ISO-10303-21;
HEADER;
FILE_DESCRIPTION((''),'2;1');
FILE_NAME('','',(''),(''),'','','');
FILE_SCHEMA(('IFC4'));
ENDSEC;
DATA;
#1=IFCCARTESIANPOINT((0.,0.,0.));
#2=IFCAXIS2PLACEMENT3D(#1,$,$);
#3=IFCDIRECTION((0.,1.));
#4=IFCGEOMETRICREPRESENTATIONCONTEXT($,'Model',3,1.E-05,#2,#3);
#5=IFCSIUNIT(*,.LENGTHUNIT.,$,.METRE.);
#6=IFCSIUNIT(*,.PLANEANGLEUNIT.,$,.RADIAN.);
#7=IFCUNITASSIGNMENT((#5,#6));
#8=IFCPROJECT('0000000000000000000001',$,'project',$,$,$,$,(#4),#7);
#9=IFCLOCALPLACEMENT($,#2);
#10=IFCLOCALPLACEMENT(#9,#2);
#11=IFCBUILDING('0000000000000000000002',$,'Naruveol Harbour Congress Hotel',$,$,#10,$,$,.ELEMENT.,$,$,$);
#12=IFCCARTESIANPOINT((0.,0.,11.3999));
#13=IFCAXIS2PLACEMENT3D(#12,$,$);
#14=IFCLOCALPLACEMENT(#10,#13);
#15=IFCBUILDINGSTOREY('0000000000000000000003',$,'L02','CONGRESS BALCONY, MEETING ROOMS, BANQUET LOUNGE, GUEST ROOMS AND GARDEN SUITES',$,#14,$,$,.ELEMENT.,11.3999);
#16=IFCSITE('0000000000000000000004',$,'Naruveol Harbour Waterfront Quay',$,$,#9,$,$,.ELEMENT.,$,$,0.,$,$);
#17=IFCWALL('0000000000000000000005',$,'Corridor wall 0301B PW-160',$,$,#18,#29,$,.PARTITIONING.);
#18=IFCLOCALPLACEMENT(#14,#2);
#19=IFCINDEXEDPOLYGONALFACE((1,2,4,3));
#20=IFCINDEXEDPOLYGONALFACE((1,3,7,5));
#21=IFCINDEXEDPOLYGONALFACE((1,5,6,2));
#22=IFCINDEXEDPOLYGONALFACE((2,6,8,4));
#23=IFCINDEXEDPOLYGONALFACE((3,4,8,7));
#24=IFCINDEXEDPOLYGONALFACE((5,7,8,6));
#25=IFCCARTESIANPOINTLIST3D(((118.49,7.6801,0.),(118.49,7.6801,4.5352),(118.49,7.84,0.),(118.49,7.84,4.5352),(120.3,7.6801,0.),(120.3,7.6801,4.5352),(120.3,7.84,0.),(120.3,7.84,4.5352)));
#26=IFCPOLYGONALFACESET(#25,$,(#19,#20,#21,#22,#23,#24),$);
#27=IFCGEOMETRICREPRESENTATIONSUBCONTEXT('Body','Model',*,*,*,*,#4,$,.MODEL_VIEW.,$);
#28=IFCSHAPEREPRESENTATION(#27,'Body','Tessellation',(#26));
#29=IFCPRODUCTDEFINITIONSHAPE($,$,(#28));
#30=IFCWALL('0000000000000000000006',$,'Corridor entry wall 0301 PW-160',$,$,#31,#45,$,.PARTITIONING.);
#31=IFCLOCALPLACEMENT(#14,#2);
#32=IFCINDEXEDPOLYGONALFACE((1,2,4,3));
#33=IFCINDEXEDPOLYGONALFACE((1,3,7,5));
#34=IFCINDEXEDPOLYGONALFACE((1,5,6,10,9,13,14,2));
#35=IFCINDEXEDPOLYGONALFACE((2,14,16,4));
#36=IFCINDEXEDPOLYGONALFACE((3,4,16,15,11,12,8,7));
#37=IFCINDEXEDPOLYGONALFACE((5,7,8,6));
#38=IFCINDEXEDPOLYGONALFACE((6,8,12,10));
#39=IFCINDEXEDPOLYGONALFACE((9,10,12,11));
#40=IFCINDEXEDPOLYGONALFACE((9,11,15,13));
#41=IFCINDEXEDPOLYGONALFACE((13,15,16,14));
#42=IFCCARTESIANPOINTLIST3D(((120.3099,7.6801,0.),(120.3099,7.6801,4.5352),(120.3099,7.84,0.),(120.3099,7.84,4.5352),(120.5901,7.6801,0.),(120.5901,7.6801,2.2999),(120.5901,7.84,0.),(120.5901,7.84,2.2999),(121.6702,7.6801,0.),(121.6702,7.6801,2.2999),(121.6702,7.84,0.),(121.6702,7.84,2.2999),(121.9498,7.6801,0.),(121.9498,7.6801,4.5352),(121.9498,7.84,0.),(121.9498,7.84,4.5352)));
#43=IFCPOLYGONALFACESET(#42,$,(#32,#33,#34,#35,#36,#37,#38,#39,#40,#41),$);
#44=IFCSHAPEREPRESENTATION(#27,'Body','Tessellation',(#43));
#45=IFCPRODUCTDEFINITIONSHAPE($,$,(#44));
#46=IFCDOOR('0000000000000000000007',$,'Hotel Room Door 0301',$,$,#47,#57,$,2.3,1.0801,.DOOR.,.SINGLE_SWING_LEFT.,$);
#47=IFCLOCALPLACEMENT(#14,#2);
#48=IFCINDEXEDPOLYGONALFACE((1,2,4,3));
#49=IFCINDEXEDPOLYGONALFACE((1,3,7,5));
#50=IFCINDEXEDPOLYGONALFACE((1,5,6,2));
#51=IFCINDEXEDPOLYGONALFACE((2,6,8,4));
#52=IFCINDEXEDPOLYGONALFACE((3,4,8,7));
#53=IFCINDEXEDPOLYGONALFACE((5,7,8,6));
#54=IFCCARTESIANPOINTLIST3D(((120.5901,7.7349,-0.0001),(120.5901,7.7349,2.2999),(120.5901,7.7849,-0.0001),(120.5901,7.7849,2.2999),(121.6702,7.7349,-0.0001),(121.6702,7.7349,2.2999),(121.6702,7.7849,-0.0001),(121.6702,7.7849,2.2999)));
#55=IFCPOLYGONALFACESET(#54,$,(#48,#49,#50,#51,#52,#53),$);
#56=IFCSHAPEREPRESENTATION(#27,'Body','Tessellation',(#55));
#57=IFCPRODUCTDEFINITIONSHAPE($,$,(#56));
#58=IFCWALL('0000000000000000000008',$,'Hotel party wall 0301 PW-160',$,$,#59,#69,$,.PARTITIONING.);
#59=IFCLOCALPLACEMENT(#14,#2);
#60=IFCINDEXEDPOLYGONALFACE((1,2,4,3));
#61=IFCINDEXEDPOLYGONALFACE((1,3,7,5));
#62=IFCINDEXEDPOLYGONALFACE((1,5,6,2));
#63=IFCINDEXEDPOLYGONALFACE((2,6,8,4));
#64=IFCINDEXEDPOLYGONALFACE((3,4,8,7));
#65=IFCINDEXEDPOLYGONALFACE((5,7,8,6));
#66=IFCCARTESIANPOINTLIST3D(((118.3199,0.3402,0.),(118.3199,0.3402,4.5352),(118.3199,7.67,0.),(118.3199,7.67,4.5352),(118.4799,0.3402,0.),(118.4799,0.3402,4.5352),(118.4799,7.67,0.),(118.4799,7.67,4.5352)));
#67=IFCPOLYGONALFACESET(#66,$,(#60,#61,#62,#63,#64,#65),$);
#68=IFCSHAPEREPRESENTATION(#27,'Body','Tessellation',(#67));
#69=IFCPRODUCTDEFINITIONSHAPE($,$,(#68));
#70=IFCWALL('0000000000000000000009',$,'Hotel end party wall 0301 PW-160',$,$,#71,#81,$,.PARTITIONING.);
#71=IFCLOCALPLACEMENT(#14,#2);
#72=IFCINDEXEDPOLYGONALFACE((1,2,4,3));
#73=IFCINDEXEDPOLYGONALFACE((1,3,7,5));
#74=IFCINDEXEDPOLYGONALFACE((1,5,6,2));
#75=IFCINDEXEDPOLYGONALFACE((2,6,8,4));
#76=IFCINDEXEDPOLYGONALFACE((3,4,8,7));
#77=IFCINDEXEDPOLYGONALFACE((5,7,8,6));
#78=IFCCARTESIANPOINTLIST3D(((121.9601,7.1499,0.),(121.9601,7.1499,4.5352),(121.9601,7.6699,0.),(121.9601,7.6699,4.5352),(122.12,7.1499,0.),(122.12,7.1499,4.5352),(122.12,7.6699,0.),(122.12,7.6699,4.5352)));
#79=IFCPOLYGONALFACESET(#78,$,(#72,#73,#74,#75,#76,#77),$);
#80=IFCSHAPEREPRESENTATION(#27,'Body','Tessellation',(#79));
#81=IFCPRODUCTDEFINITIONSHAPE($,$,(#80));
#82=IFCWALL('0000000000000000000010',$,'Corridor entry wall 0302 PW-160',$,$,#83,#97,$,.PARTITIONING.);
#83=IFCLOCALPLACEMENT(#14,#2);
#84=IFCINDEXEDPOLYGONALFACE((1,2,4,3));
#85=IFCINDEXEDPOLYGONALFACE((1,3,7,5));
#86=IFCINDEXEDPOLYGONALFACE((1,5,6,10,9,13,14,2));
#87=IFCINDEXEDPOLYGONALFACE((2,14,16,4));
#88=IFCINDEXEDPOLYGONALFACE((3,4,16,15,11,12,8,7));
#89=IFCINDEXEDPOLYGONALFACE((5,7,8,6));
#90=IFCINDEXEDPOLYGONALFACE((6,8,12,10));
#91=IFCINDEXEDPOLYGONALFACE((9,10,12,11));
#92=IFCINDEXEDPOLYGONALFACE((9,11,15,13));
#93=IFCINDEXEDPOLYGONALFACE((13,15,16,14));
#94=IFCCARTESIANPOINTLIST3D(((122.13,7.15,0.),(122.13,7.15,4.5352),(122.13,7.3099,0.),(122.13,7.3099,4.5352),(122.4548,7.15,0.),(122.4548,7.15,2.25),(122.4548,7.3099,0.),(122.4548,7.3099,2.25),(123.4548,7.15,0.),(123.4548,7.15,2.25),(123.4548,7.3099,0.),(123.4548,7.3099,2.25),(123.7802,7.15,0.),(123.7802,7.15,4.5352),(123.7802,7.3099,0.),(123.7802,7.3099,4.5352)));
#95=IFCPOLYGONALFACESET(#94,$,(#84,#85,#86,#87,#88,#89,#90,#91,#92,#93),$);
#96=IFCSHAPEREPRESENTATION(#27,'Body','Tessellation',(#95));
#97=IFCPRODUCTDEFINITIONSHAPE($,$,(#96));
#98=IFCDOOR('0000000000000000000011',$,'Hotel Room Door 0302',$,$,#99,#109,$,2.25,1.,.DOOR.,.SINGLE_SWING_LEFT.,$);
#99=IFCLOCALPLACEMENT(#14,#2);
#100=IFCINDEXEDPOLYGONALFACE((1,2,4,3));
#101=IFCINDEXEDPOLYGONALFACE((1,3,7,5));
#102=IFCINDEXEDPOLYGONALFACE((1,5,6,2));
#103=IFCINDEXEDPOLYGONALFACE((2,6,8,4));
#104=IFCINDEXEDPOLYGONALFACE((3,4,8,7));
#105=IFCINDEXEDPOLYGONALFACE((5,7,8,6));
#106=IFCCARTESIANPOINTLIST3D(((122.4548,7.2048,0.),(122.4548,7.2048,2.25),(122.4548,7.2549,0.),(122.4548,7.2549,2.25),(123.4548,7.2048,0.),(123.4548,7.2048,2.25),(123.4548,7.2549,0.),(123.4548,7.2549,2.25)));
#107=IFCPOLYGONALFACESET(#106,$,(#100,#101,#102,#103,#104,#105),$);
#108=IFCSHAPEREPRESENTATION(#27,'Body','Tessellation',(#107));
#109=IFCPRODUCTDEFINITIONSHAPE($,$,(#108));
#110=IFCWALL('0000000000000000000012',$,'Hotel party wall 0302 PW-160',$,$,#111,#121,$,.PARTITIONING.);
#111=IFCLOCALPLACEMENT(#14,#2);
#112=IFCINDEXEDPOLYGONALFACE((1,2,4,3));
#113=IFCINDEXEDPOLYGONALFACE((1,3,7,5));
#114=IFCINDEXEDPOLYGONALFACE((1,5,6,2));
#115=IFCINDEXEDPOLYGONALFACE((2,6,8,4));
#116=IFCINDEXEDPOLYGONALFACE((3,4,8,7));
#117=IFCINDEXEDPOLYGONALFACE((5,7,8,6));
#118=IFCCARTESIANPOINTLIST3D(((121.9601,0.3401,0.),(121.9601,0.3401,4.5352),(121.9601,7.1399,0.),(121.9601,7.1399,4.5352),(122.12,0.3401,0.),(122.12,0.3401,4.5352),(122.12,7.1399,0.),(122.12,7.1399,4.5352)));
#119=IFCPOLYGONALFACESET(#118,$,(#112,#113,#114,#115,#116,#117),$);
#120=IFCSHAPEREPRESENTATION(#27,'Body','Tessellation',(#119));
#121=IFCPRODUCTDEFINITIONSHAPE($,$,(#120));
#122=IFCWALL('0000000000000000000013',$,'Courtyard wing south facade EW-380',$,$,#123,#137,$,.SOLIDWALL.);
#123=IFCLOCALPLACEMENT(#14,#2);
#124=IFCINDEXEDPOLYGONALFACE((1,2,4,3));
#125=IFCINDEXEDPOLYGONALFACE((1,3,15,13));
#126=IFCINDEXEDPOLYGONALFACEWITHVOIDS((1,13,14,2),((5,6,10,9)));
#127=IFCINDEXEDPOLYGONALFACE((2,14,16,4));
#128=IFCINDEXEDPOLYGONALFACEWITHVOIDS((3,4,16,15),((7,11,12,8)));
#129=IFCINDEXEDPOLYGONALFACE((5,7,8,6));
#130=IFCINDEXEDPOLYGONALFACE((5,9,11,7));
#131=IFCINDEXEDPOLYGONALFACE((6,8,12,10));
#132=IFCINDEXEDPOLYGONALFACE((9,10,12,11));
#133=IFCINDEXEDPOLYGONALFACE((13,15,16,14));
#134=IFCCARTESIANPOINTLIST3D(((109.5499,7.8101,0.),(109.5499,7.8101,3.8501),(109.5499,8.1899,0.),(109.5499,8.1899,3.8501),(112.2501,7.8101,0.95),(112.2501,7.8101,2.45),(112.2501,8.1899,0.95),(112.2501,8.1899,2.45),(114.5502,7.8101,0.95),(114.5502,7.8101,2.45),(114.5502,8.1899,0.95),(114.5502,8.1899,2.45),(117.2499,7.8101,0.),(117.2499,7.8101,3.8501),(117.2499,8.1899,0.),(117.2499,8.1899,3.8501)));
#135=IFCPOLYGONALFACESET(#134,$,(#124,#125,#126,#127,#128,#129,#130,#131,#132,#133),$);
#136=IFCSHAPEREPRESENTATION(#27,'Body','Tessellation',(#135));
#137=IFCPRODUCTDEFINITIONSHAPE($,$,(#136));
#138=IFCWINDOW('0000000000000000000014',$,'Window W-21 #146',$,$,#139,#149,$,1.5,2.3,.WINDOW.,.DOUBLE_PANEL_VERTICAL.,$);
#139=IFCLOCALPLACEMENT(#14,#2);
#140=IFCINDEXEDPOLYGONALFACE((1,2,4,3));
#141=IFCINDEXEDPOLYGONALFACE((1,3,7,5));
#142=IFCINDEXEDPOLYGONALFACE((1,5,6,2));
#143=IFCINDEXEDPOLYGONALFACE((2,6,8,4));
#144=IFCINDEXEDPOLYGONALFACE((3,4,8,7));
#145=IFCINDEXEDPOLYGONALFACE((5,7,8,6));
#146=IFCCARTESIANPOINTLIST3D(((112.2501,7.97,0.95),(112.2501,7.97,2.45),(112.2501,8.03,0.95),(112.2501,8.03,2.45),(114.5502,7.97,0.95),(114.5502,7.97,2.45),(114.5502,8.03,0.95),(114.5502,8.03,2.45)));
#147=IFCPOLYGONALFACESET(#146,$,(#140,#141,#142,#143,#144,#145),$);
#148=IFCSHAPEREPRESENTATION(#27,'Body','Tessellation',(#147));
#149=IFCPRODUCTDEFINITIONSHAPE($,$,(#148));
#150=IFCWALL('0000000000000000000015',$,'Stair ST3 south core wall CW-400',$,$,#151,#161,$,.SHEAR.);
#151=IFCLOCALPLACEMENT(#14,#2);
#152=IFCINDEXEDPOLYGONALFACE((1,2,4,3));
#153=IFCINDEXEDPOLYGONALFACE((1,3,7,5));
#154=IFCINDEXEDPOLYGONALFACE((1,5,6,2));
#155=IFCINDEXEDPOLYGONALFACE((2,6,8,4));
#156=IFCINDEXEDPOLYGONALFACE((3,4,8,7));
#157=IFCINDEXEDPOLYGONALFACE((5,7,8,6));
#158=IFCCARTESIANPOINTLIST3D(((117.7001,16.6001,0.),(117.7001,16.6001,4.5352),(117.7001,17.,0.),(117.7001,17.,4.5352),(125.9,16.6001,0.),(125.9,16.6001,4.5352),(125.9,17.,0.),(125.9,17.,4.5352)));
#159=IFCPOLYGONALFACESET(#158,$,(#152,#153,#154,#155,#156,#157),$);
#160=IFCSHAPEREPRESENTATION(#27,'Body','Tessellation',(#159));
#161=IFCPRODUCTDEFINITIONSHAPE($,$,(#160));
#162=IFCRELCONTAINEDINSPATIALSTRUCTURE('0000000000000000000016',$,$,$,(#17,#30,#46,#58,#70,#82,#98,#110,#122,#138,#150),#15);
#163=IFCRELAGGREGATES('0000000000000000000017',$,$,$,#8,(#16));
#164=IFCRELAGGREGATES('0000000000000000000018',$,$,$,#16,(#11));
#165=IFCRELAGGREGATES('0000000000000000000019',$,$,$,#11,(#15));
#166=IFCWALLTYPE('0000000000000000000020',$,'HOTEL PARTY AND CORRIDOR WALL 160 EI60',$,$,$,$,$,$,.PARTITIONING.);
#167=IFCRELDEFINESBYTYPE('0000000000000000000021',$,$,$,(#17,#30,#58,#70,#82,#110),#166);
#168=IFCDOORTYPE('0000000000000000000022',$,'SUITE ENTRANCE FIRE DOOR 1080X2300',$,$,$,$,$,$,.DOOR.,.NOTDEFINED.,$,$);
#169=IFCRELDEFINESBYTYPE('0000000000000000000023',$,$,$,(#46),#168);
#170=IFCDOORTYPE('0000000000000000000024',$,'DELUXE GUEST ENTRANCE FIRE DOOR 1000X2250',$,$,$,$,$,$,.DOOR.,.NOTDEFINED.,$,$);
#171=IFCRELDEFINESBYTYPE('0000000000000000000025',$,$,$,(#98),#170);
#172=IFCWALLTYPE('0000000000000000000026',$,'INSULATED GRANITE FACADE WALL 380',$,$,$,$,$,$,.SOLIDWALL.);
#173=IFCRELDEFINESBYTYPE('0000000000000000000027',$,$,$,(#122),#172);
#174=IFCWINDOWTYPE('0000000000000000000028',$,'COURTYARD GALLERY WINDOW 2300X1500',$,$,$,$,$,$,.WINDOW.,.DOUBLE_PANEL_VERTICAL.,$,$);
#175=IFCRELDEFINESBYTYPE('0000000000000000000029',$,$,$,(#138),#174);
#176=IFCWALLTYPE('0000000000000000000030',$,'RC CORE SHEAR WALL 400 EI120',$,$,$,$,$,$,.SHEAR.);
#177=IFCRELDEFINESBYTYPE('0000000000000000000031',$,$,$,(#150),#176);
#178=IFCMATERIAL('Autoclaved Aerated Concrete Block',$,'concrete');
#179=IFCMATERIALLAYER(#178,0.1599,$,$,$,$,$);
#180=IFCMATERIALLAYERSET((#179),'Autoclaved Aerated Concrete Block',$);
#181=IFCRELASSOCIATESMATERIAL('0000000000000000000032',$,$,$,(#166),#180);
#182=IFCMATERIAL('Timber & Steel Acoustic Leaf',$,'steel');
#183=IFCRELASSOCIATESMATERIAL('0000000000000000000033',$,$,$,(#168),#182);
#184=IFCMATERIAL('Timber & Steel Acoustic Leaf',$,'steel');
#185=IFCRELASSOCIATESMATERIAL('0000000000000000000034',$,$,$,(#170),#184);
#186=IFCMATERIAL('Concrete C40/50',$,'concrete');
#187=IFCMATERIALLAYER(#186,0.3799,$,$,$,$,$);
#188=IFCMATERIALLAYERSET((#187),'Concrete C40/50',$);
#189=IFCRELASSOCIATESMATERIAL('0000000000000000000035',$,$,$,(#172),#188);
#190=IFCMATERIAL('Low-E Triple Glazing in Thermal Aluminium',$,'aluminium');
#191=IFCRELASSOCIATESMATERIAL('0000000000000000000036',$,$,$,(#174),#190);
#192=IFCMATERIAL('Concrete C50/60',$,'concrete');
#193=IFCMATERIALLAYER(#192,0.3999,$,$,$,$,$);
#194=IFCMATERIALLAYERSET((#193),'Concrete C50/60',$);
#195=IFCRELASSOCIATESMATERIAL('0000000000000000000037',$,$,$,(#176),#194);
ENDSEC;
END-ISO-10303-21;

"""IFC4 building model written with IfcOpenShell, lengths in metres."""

from ifc_helpers import new_model, si_unit, direction, frame, frame_2d, origin, place, context, subcontext, project, spatial, rectangle, extrude, material, layer, layer_set, type_object, element, fill, save


model = new_model("IFC4")

# Units and contexts
model_context = context("Model", 3, precision=1e-05, world=origin(), true_north=direction((0.0, 1.0)))
body_context = subcontext(model_context, "Body", "Model", "MODEL_VIEW")
ifc_project = project(units=[si_unit("LENGTHUNIT", "METRE"), si_unit("PLANEANGLEUNIT", "RADIAN")], contexts=[model_context])

# Site, building, storey
site_placement = place(None, origin())
site = spatial("IfcSite", under=ifc_project, at=site_placement, Name="Naruveol Harbour Waterfront Quay", CompositionType="ELEMENT", RefElevation=0.0)
building_placement = place(site_placement, origin())
building = spatial("IfcBuilding", under=site, at=building_placement, Name="Naruveol Harbour Congress Hotel", CompositionType="ELEMENT")
storey_placement = place(building_placement, frame((0.0, 0.0, 11.3999)))
storey = spatial("IfcBuildingStorey", under=building, at=storey_placement, Name="L02", Description="CONGRESS BALCONY, MEETING ROOMS, BANQUET LOUNGE, GUEST ROOMS AND GARDEN SUITES", CompositionType="ELEMENT", Elevation=11.3999)

# Wall
ifc_material_1 = material(Name="Autoclaved Aerated Concrete Block", Category="concrete")
ifc_layer_1 = layer(ifc_material_1, 0.1599)
ifc_layer_set_1 = layer_set([ifc_layer_1], Name="Autoclaved Aerated Concrete Block")
wall_type_1 = type_object("IfcWallType", Name="HOTEL PARTY AND CORRIDOR WALL 160 EI60", PredefinedType="PARTITIONING", material=ifc_layer_set_1)
wall_1_placement = place(storey_placement, frame((118.49, 7.76, 0.0), z_axis=(0.0, 0.0, 1.0), x_axis=(1.0, 0.0, 0.0)))
element("IfcWall", 1, at=wall_1_placement, inside=storey, type_object=wall_type_1, Name="Corridor wall 0301B PW-160", PredefinedType="PARTITIONING", context=body_context, shape_type="SweptSolid", body=[
    extrude(rectangle(XDim=1.8101, YDim=0.1599, at=frame_2d((0.905, 0.0))), origin(), (0.0, 0.0, 1.0), 4.5352),
])

# Wall, opening, door
wall_2_placement = place(storey_placement, frame((120.3101, 7.76, 0.0), z_axis=(0.0, 0.0, 1.0), x_axis=(1.0, 0.0, 0.0)))
wall_2 = element("IfcWall", 2, at=wall_2_placement, inside=storey, type_object=wall_type_1, Name="Corridor entry wall 0301 PW-160", PredefinedType="PARTITIONING", context=body_context, shape_type="SweptSolid", body=[
    extrude(rectangle(XDim=1.6399, YDim=0.1599, at=frame_2d((0.8198, 0.0))), origin(), (0.0, 0.0, 1.0), 4.5352),
])
opening_1_placement = place(wall_2_placement, frame((0.28, 0.0, 0.0)))
opening_1 = element("IfcOpeningElement", 3, at=opening_1_placement, cuts=wall_2, PredefinedType="OPENING", context=body_context, shape_type="SweptSolid", body=[
    extrude(rectangle(XDim=1.0801, YDim=2.3, at=frame_2d((0.54, 1.1499))), frame((0.0, 0.0898, 0.0), z_axis=(0.0, -1.0, 0.0), x_axis=(1.0, 0.0, 0.0)), (0.0, 0.0, 1.0), 0.1799),
])
ifc_material_2 = material(Name="Timber & Steel Acoustic Leaf", Category="steel")
door_type_1 = type_object("IfcDoorType", Name="SUITE ENTRANCE FIRE DOOR 1080X2300", OperationType="NOTDEFINED", PredefinedType="DOOR", material=ifc_material_2)
door_1_placement = place(opening_1_placement, origin())
door_1 = element("IfcDoor", 4, at=door_1_placement, inside=storey, type_object=door_type_1, Name="Hotel Room Door 0301", OperationType="SINGLE_SWING_LEFT", OverallHeight=2.3, OverallWidth=1.0801, PredefinedType="DOOR", context=body_context, shape_type="SweptSolid", body=[
    extrude(rectangle(XDim=1.0801, YDim=2.3, at=frame_2d((0.54, 1.1499))), frame((0.0, 0.0249, 0.0), z_axis=(0.0, -1.0, 0.0), x_axis=(1.0, 0.0, 0.0)), (0.0, 0.0, 1.0), 0.05),
])
fill(opening_1, door_1)

# Walls
wall_3_placement = place(storey_placement, frame((118.3999, 0.3401, 0.0), z_axis=(0.0, 0.0, 1.0), x_axis=(0.0, 1.0, 0.0)))
element("IfcWall", 5, at=wall_3_placement, inside=storey, type_object=wall_type_1, Name="Hotel party wall 0301 PW-160", PredefinedType="PARTITIONING", context=body_context, shape_type="SweptSolid", body=[
    extrude(rectangle(XDim=7.3298, YDim=0.1599, at=frame_2d((3.665, 0.0))), origin(), (0.0, 0.0, 1.0), 4.5352),
])
wall_4_placement = place(storey_placement, frame((122.04, 7.1499, 0.0), z_axis=(0.0, 0.0, 1.0), x_axis=(0.0, 1.0, 0.0)))
element("IfcWall", 6, at=wall_4_placement, inside=storey, type_object=wall_type_1, Name="Hotel end party wall 0301 PW-160", PredefinedType="PARTITIONING", context=body_context, shape_type="SweptSolid", body=[
    extrude(rectangle(XDim=0.52, YDim=0.1599, at=frame_2d((0.26, 0.0))), origin(), (0.0, 0.0, 1.0), 4.5352),
])

# Wall, opening, door
wall_5_placement = place(storey_placement, frame((122.1299, 7.23, 0.0), z_axis=(0.0, 0.0, 1.0), x_axis=(1.0, 0.0, 0.0)))
wall_5 = element("IfcWall", 7, at=wall_5_placement, inside=storey, type_object=wall_type_1, Name="Corridor entry wall 0302 PW-160", PredefinedType="PARTITIONING", context=body_context, shape_type="SweptSolid", body=[
    extrude(rectangle(XDim=1.6501, YDim=0.1599, at=frame_2d((0.8252, 0.0))), origin(), (0.0, 0.0, 1.0), 4.5352),
])
opening_2_placement = place(wall_5_placement, frame((0.325, 0.0, 0.0)))
opening_2 = element("IfcOpeningElement", 8, at=opening_2_placement, cuts=wall_5, PredefinedType="OPENING", context=body_context, shape_type="SweptSolid", body=[
    extrude(rectangle(XDim=1.0, YDim=2.25, at=frame_2d((0.5, 1.125))), frame((0.0, 0.0898, 0.0), z_axis=(0.0, -1.0, 0.0), x_axis=(1.0, 0.0, 0.0)), (0.0, 0.0, 1.0), 0.1799),
])
ifc_material_3 = material(Name="Timber & Steel Acoustic Leaf", Category="steel")
door_type_2 = type_object("IfcDoorType", Name="DELUXE GUEST ENTRANCE FIRE DOOR 1000X2250", OperationType="NOTDEFINED", PredefinedType="DOOR", material=ifc_material_3)
door_2_placement = place(opening_2_placement, origin())
door_2 = element("IfcDoor", 9, at=door_2_placement, inside=storey, type_object=door_type_2, Name="Hotel Room Door 0302", OperationType="SINGLE_SWING_LEFT", OverallHeight=2.25, OverallWidth=1.0, PredefinedType="DOOR", context=body_context, shape_type="SweptSolid", body=[
    extrude(rectangle(XDim=1.0, YDim=2.25, at=frame_2d((0.5, 1.125))), frame((0.0, 0.0249, 0.0), z_axis=(0.0, -1.0, 0.0), x_axis=(1.0, 0.0, 0.0)), (0.0, 0.0, 1.0), 0.05),
])
fill(opening_2, door_2)

# Wall
wall_6_placement = place(storey_placement, frame((122.04, 0.3401, 0.0), z_axis=(0.0, 0.0, 1.0), x_axis=(0.0, 1.0, 0.0)))
element("IfcWall", 10, at=wall_6_placement, inside=storey, type_object=wall_type_1, Name="Hotel party wall 0302 PW-160", PredefinedType="PARTITIONING", context=body_context, shape_type="SweptSolid", body=[
    extrude(rectangle(XDim=6.7998, YDim=0.1599, at=frame_2d((3.3999, 0.0))), origin(), (0.0, 0.0, 1.0), 4.5352),
])

# Wall, opening, window
ifc_material_4 = material(Name="Concrete C40/50", Category="concrete")
ifc_layer_2 = layer(ifc_material_4, 0.3799)
ifc_layer_set_2 = layer_set([ifc_layer_2], Name="Concrete C40/50")
wall_type_2 = type_object("IfcWallType", Name="INSULATED GRANITE FACADE WALL 380", PredefinedType="SOLIDWALL", material=ifc_layer_set_2)
wall_7_placement = place(storey_placement, frame((117.25, 8.0, 0.0), z_axis=(0.0, 0.0, 1.0), x_axis=(-1.0, 0.0, 0.0)))
wall_7 = element("IfcWall", 11, at=wall_7_placement, inside=storey, type_object=wall_type_2, Name="Courtyard wing south facade EW-380", PredefinedType="SOLIDWALL", context=body_context, shape_type="SweptSolid", body=[
    extrude(rectangle(XDim=7.7, YDim=0.3799, at=frame_2d((3.8501, 0.0))), origin(), (0.0, 0.0, 1.0), 3.8501),
])
opening_3_placement = place(wall_7_placement, frame((2.7, 0.0, 0.95)))
opening_3 = element("IfcOpeningElement", 12, at=opening_3_placement, cuts=wall_7, PredefinedType="OPENING", context=body_context, shape_type="SweptSolid", body=[
    extrude(rectangle(XDim=2.3, YDim=1.5, at=frame_2d((1.1499, 0.75))), frame((0.0, 0.2, 0.0), z_axis=(0.0, -1.0, 0.0), x_axis=(1.0, 0.0, 0.0)), (0.0, 0.0, 1.0), 0.3999),
])
ifc_material_5 = material(Name="Low-E Triple Glazing in Thermal Aluminium", Category="aluminium")
window_type_1 = type_object("IfcWindowType", Name="COURTYARD GALLERY WINDOW 2300X1500", PartitioningType="DOUBLE_PANEL_VERTICAL", PredefinedType="WINDOW", material=ifc_material_5)
window_1_placement = place(opening_3_placement, origin())
window_1 = element("IfcWindow", 13, at=window_1_placement, inside=storey, type_object=window_type_1, Name="Window W-21 #146", OverallHeight=1.5, OverallWidth=2.3, PartitioningType="DOUBLE_PANEL_VERTICAL", PredefinedType="WINDOW", context=body_context, shape_type="SweptSolid", body=[
    extrude(rectangle(XDim=2.3, YDim=1.5, at=frame_2d((1.1499, 0.75))), frame((0.0, 0.03, 0.0), z_axis=(0.0, -1.0, 0.0), x_axis=(1.0, 0.0, 0.0)), (0.0, 0.0, 1.0), 0.0601),
])
fill(opening_3, window_1)

# Wall
ifc_material_6 = material(Name="Concrete C50/60", Category="concrete")
ifc_layer_3 = layer(ifc_material_6, 0.3999)
ifc_layer_set_3 = layer_set([ifc_layer_3], Name="Concrete C50/60")
wall_type_3 = type_object("IfcWallType", Name="RC CORE SHEAR WALL 400 EI120", PredefinedType="SHEAR", material=ifc_layer_set_3)
wall_8_placement = place(storey_placement, frame((117.7, 16.8, 0.0), z_axis=(0.0, 0.0, 1.0), x_axis=(1.0, 0.0, 0.0)))
element("IfcWall", 14, at=wall_8_placement, inside=storey, type_object=wall_type_3, Name="Stair ST3 south core wall CW-400", PredefinedType="SHEAR", context=body_context, shape_type="SweptSolid", body=[
    extrude(rectangle(XDim=8.2, YDim=0.3999, at=frame_2d((4.1001, 0.0))), origin(), (0.0, 0.0, 1.0), 4.5352),
])

save(model, "model.ifc")
